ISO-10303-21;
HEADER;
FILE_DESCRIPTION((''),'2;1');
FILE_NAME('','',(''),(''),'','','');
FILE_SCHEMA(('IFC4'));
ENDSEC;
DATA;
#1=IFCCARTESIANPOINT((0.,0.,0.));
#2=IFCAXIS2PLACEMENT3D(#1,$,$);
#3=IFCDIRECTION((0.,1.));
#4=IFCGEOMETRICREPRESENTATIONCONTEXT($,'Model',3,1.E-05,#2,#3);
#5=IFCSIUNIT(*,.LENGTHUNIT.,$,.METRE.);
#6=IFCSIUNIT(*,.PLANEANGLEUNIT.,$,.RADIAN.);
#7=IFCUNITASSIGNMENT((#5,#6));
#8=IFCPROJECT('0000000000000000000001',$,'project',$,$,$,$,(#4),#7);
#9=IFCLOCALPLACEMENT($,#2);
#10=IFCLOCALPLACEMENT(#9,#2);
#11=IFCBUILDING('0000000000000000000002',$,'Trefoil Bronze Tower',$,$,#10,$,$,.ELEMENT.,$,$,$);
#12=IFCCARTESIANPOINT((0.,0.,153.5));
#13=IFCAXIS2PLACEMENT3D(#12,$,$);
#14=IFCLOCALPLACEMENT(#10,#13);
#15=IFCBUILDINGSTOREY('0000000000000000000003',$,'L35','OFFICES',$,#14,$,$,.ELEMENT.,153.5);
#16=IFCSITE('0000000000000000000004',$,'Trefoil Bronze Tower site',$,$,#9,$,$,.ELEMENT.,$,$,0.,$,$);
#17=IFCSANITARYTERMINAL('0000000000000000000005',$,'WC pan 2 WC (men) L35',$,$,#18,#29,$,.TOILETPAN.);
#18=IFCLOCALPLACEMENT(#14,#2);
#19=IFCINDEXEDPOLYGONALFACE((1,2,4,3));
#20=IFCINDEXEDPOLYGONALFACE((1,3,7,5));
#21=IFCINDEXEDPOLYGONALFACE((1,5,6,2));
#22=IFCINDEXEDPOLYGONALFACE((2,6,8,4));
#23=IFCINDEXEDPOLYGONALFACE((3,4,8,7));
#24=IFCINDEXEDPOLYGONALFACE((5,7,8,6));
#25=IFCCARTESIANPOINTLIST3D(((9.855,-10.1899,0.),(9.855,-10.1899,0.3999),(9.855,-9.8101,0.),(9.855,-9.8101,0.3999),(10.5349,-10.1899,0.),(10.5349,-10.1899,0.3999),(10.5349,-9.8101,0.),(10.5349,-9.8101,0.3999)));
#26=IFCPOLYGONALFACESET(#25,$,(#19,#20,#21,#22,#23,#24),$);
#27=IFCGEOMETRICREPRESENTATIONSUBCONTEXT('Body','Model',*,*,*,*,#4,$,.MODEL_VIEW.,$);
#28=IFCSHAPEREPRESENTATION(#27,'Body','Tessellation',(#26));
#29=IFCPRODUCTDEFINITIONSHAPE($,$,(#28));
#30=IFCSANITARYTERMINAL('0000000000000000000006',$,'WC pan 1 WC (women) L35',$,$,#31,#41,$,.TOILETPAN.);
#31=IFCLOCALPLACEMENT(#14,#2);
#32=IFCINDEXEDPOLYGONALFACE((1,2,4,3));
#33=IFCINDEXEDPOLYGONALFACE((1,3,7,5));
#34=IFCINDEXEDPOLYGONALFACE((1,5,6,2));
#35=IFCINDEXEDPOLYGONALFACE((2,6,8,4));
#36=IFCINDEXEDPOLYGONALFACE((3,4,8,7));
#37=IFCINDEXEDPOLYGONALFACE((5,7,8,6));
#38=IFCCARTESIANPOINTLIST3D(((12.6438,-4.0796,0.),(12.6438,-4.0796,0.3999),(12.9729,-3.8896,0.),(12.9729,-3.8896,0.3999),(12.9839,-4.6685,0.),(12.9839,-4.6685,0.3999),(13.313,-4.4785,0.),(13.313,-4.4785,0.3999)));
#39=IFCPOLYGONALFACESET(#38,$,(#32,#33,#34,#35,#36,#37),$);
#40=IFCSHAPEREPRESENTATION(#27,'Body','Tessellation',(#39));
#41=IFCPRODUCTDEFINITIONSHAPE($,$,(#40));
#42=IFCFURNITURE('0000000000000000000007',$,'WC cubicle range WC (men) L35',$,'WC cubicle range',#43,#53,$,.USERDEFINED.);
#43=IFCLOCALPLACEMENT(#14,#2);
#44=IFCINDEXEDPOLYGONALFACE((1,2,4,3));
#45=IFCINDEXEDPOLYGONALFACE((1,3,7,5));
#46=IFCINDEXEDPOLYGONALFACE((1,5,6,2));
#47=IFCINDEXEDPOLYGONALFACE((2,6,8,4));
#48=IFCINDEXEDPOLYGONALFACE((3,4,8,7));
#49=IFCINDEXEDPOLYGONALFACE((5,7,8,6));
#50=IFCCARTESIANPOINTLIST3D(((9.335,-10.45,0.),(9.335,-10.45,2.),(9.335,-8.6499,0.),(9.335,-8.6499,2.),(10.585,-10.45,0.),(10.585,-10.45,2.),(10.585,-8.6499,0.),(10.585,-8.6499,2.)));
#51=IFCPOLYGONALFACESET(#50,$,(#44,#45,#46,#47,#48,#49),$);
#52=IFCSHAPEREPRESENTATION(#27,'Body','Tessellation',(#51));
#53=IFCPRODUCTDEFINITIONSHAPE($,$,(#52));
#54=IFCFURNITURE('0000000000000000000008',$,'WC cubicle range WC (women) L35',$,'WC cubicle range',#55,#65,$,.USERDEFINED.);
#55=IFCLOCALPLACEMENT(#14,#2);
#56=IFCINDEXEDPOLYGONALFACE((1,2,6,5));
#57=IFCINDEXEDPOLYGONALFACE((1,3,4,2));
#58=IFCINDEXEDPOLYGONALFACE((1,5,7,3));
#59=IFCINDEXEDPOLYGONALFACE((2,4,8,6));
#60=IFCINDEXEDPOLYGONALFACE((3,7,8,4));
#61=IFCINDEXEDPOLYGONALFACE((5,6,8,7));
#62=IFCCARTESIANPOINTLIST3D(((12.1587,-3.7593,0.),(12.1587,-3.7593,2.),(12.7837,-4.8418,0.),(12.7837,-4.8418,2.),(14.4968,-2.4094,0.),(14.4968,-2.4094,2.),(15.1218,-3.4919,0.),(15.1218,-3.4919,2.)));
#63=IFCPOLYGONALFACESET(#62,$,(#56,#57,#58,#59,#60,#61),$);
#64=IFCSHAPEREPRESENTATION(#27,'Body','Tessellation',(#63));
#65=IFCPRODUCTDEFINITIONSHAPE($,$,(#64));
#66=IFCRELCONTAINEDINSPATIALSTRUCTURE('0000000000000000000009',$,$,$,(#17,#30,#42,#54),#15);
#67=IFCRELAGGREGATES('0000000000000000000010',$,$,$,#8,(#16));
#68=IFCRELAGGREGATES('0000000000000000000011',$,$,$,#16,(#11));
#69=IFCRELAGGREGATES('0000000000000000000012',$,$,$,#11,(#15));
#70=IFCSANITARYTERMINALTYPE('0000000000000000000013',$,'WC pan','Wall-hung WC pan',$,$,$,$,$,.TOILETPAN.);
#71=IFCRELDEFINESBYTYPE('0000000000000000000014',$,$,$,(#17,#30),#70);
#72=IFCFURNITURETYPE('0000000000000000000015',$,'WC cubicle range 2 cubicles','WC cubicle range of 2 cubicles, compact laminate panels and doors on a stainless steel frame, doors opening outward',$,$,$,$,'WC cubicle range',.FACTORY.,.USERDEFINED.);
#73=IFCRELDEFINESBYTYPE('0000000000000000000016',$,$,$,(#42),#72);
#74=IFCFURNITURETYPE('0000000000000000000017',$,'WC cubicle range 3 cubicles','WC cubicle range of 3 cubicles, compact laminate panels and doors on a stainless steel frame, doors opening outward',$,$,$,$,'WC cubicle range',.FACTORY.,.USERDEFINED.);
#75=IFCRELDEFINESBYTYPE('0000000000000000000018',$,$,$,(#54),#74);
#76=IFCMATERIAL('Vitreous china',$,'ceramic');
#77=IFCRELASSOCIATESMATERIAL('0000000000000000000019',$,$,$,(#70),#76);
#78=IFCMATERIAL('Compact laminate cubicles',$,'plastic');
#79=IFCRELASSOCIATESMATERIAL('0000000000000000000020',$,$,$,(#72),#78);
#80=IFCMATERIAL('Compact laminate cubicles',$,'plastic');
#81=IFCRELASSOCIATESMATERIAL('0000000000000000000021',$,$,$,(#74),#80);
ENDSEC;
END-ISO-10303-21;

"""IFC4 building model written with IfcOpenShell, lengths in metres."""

from ifc_helpers import new_model, si_unit, direction, frame, origin, place, context, subcontext, project, spatial, polyline, outline, extrude, material, type_object, element, save


model = new_model("IFC4")

# Units and contexts
model_context = context("Model", 3, precision=1e-05, world=origin(), true_north=direction((0.0, 1.0)))
body_context = subcontext(model_context, "Body", "Model", "MODEL_VIEW")
ifc_project = project(units=[si_unit("LENGTHUNIT", "METRE"), si_unit("PLANEANGLEUNIT", "RADIAN")], contexts=[model_context])

# Site, building, storey
site_placement = place(None, origin())
site = spatial("IfcSite", under=ifc_project, at=site_placement, Name="Trefoil Bronze Tower site", CompositionType="ELEMENT", RefElevation=0.0)
building_placement = place(site_placement, origin())
building = spatial("IfcBuilding", under=site, at=building_placement, Name="Trefoil Bronze Tower", CompositionType="ELEMENT")
storey_placement = place(building_placement, frame((0.0, 0.0, 153.5)))
storey = spatial("IfcBuildingStorey", under=building, at=storey_placement, Name="L35", Description="OFFICES", CompositionType="ELEMENT", Elevation=153.5)

# Sanitary terminals
ifc_material_1 = material(Name="Vitreous china", Category="ceramic")
sanitary_terminal_type_1 = type_object("IfcSanitaryTerminalType", Name="WC pan", Description="Wall-hung WC pan", PredefinedType="TOILETPAN", material=ifc_material_1)
sanitary_terminal_1_placement = place(storey_placement, origin())
element("IfcSanitaryTerminal", 1, at=sanitary_terminal_1_placement, inside=storey, type_object=sanitary_terminal_type_1, Name="WC pan 2 WC (men) L35", PredefinedType="TOILETPAN", context=body_context, shape_type="SweptSolid", body=[
    extrude(outline(polyline([(9.855, -9.8101), (10.5349, -9.8101), (10.5349, -10.1899), (9.855, -10.1899), (9.855, -9.8101)])), origin(), (0.0, 0.0, 1.0), 0.3999),
])
sanitary_terminal_2_placement = place(storey_placement, origin())
element("IfcSanitaryTerminal", 2, at=sanitary_terminal_2_placement, inside=storey, type_object=sanitary_terminal_type_1, Name="WC pan 1 WC (women) L35", PredefinedType="TOILETPAN", context=body_context, shape_type="SweptSolid", body=[
    extrude(outline(polyline([(12.6438, -4.0796), (12.9839, -4.6685), (13.313, -4.4785), (12.9729, -3.8896), (12.6438, -4.0796)])), origin(), (0.0, 0.0, 1.0), 0.3999),
])

# Furniture
ifc_material_2 = material(Name="Compact laminate cubicles", Category="plastic")
furniture_type_1 = type_object("IfcFurnitureType", Name="WC cubicle range 2 cubicles", Description="WC cubicle range of 2 cubicles, compact laminate panels and doors on a stainless steel frame, doors opening outward", ElementType="WC cubicle range", AssemblyPlace="FACTORY", PredefinedType="USERDEFINED", material=ifc_material_2)
furniture_1_placement = place(storey_placement, origin())
element("IfcFurniture", 3, at=furniture_1_placement, inside=storey, type_object=furniture_type_1, Name="WC cubicle range WC (men) L35", ObjectType="WC cubicle range", PredefinedType="USERDEFINED", context=body_context, shape_type="SweptSolid", body=[
    extrude(outline(polyline([(9.335, -8.6499), (10.585, -8.6499), (10.585, -10.45), (9.335, -10.45), (9.335, -8.6499)])), origin(), (0.0, 0.0, 1.0), 2.0),
])
ifc_material_3 = material(Name="Compact laminate cubicles", Category="plastic")
furniture_type_2 = type_object("IfcFurnitureType", Name="WC cubicle range 3 cubicles", Description="WC cubicle range of 3 cubicles, compact laminate panels and doors on a stainless steel frame, doors opening outward", ElementType="WC cubicle range", AssemblyPlace="FACTORY", PredefinedType="USERDEFINED", material=ifc_material_3)
furniture_2_placement = place(storey_placement, origin())
element("IfcFurniture", 4, at=furniture_2_placement, inside=storey, type_object=furniture_type_2, Name="WC cubicle range WC (women) L35", ObjectType="WC cubicle range", PredefinedType="USERDEFINED", context=body_context, shape_type="SweptSolid", body=[
    extrude(outline(polyline([(12.1587, -3.7593), (12.7837, -4.8418), (15.1218, -3.4919), (14.4968, -2.4094), (12.1587, -3.7593)])), origin(), (0.0, 0.0, 1.0), 2.0),
])

save(model, "model.ifc")
